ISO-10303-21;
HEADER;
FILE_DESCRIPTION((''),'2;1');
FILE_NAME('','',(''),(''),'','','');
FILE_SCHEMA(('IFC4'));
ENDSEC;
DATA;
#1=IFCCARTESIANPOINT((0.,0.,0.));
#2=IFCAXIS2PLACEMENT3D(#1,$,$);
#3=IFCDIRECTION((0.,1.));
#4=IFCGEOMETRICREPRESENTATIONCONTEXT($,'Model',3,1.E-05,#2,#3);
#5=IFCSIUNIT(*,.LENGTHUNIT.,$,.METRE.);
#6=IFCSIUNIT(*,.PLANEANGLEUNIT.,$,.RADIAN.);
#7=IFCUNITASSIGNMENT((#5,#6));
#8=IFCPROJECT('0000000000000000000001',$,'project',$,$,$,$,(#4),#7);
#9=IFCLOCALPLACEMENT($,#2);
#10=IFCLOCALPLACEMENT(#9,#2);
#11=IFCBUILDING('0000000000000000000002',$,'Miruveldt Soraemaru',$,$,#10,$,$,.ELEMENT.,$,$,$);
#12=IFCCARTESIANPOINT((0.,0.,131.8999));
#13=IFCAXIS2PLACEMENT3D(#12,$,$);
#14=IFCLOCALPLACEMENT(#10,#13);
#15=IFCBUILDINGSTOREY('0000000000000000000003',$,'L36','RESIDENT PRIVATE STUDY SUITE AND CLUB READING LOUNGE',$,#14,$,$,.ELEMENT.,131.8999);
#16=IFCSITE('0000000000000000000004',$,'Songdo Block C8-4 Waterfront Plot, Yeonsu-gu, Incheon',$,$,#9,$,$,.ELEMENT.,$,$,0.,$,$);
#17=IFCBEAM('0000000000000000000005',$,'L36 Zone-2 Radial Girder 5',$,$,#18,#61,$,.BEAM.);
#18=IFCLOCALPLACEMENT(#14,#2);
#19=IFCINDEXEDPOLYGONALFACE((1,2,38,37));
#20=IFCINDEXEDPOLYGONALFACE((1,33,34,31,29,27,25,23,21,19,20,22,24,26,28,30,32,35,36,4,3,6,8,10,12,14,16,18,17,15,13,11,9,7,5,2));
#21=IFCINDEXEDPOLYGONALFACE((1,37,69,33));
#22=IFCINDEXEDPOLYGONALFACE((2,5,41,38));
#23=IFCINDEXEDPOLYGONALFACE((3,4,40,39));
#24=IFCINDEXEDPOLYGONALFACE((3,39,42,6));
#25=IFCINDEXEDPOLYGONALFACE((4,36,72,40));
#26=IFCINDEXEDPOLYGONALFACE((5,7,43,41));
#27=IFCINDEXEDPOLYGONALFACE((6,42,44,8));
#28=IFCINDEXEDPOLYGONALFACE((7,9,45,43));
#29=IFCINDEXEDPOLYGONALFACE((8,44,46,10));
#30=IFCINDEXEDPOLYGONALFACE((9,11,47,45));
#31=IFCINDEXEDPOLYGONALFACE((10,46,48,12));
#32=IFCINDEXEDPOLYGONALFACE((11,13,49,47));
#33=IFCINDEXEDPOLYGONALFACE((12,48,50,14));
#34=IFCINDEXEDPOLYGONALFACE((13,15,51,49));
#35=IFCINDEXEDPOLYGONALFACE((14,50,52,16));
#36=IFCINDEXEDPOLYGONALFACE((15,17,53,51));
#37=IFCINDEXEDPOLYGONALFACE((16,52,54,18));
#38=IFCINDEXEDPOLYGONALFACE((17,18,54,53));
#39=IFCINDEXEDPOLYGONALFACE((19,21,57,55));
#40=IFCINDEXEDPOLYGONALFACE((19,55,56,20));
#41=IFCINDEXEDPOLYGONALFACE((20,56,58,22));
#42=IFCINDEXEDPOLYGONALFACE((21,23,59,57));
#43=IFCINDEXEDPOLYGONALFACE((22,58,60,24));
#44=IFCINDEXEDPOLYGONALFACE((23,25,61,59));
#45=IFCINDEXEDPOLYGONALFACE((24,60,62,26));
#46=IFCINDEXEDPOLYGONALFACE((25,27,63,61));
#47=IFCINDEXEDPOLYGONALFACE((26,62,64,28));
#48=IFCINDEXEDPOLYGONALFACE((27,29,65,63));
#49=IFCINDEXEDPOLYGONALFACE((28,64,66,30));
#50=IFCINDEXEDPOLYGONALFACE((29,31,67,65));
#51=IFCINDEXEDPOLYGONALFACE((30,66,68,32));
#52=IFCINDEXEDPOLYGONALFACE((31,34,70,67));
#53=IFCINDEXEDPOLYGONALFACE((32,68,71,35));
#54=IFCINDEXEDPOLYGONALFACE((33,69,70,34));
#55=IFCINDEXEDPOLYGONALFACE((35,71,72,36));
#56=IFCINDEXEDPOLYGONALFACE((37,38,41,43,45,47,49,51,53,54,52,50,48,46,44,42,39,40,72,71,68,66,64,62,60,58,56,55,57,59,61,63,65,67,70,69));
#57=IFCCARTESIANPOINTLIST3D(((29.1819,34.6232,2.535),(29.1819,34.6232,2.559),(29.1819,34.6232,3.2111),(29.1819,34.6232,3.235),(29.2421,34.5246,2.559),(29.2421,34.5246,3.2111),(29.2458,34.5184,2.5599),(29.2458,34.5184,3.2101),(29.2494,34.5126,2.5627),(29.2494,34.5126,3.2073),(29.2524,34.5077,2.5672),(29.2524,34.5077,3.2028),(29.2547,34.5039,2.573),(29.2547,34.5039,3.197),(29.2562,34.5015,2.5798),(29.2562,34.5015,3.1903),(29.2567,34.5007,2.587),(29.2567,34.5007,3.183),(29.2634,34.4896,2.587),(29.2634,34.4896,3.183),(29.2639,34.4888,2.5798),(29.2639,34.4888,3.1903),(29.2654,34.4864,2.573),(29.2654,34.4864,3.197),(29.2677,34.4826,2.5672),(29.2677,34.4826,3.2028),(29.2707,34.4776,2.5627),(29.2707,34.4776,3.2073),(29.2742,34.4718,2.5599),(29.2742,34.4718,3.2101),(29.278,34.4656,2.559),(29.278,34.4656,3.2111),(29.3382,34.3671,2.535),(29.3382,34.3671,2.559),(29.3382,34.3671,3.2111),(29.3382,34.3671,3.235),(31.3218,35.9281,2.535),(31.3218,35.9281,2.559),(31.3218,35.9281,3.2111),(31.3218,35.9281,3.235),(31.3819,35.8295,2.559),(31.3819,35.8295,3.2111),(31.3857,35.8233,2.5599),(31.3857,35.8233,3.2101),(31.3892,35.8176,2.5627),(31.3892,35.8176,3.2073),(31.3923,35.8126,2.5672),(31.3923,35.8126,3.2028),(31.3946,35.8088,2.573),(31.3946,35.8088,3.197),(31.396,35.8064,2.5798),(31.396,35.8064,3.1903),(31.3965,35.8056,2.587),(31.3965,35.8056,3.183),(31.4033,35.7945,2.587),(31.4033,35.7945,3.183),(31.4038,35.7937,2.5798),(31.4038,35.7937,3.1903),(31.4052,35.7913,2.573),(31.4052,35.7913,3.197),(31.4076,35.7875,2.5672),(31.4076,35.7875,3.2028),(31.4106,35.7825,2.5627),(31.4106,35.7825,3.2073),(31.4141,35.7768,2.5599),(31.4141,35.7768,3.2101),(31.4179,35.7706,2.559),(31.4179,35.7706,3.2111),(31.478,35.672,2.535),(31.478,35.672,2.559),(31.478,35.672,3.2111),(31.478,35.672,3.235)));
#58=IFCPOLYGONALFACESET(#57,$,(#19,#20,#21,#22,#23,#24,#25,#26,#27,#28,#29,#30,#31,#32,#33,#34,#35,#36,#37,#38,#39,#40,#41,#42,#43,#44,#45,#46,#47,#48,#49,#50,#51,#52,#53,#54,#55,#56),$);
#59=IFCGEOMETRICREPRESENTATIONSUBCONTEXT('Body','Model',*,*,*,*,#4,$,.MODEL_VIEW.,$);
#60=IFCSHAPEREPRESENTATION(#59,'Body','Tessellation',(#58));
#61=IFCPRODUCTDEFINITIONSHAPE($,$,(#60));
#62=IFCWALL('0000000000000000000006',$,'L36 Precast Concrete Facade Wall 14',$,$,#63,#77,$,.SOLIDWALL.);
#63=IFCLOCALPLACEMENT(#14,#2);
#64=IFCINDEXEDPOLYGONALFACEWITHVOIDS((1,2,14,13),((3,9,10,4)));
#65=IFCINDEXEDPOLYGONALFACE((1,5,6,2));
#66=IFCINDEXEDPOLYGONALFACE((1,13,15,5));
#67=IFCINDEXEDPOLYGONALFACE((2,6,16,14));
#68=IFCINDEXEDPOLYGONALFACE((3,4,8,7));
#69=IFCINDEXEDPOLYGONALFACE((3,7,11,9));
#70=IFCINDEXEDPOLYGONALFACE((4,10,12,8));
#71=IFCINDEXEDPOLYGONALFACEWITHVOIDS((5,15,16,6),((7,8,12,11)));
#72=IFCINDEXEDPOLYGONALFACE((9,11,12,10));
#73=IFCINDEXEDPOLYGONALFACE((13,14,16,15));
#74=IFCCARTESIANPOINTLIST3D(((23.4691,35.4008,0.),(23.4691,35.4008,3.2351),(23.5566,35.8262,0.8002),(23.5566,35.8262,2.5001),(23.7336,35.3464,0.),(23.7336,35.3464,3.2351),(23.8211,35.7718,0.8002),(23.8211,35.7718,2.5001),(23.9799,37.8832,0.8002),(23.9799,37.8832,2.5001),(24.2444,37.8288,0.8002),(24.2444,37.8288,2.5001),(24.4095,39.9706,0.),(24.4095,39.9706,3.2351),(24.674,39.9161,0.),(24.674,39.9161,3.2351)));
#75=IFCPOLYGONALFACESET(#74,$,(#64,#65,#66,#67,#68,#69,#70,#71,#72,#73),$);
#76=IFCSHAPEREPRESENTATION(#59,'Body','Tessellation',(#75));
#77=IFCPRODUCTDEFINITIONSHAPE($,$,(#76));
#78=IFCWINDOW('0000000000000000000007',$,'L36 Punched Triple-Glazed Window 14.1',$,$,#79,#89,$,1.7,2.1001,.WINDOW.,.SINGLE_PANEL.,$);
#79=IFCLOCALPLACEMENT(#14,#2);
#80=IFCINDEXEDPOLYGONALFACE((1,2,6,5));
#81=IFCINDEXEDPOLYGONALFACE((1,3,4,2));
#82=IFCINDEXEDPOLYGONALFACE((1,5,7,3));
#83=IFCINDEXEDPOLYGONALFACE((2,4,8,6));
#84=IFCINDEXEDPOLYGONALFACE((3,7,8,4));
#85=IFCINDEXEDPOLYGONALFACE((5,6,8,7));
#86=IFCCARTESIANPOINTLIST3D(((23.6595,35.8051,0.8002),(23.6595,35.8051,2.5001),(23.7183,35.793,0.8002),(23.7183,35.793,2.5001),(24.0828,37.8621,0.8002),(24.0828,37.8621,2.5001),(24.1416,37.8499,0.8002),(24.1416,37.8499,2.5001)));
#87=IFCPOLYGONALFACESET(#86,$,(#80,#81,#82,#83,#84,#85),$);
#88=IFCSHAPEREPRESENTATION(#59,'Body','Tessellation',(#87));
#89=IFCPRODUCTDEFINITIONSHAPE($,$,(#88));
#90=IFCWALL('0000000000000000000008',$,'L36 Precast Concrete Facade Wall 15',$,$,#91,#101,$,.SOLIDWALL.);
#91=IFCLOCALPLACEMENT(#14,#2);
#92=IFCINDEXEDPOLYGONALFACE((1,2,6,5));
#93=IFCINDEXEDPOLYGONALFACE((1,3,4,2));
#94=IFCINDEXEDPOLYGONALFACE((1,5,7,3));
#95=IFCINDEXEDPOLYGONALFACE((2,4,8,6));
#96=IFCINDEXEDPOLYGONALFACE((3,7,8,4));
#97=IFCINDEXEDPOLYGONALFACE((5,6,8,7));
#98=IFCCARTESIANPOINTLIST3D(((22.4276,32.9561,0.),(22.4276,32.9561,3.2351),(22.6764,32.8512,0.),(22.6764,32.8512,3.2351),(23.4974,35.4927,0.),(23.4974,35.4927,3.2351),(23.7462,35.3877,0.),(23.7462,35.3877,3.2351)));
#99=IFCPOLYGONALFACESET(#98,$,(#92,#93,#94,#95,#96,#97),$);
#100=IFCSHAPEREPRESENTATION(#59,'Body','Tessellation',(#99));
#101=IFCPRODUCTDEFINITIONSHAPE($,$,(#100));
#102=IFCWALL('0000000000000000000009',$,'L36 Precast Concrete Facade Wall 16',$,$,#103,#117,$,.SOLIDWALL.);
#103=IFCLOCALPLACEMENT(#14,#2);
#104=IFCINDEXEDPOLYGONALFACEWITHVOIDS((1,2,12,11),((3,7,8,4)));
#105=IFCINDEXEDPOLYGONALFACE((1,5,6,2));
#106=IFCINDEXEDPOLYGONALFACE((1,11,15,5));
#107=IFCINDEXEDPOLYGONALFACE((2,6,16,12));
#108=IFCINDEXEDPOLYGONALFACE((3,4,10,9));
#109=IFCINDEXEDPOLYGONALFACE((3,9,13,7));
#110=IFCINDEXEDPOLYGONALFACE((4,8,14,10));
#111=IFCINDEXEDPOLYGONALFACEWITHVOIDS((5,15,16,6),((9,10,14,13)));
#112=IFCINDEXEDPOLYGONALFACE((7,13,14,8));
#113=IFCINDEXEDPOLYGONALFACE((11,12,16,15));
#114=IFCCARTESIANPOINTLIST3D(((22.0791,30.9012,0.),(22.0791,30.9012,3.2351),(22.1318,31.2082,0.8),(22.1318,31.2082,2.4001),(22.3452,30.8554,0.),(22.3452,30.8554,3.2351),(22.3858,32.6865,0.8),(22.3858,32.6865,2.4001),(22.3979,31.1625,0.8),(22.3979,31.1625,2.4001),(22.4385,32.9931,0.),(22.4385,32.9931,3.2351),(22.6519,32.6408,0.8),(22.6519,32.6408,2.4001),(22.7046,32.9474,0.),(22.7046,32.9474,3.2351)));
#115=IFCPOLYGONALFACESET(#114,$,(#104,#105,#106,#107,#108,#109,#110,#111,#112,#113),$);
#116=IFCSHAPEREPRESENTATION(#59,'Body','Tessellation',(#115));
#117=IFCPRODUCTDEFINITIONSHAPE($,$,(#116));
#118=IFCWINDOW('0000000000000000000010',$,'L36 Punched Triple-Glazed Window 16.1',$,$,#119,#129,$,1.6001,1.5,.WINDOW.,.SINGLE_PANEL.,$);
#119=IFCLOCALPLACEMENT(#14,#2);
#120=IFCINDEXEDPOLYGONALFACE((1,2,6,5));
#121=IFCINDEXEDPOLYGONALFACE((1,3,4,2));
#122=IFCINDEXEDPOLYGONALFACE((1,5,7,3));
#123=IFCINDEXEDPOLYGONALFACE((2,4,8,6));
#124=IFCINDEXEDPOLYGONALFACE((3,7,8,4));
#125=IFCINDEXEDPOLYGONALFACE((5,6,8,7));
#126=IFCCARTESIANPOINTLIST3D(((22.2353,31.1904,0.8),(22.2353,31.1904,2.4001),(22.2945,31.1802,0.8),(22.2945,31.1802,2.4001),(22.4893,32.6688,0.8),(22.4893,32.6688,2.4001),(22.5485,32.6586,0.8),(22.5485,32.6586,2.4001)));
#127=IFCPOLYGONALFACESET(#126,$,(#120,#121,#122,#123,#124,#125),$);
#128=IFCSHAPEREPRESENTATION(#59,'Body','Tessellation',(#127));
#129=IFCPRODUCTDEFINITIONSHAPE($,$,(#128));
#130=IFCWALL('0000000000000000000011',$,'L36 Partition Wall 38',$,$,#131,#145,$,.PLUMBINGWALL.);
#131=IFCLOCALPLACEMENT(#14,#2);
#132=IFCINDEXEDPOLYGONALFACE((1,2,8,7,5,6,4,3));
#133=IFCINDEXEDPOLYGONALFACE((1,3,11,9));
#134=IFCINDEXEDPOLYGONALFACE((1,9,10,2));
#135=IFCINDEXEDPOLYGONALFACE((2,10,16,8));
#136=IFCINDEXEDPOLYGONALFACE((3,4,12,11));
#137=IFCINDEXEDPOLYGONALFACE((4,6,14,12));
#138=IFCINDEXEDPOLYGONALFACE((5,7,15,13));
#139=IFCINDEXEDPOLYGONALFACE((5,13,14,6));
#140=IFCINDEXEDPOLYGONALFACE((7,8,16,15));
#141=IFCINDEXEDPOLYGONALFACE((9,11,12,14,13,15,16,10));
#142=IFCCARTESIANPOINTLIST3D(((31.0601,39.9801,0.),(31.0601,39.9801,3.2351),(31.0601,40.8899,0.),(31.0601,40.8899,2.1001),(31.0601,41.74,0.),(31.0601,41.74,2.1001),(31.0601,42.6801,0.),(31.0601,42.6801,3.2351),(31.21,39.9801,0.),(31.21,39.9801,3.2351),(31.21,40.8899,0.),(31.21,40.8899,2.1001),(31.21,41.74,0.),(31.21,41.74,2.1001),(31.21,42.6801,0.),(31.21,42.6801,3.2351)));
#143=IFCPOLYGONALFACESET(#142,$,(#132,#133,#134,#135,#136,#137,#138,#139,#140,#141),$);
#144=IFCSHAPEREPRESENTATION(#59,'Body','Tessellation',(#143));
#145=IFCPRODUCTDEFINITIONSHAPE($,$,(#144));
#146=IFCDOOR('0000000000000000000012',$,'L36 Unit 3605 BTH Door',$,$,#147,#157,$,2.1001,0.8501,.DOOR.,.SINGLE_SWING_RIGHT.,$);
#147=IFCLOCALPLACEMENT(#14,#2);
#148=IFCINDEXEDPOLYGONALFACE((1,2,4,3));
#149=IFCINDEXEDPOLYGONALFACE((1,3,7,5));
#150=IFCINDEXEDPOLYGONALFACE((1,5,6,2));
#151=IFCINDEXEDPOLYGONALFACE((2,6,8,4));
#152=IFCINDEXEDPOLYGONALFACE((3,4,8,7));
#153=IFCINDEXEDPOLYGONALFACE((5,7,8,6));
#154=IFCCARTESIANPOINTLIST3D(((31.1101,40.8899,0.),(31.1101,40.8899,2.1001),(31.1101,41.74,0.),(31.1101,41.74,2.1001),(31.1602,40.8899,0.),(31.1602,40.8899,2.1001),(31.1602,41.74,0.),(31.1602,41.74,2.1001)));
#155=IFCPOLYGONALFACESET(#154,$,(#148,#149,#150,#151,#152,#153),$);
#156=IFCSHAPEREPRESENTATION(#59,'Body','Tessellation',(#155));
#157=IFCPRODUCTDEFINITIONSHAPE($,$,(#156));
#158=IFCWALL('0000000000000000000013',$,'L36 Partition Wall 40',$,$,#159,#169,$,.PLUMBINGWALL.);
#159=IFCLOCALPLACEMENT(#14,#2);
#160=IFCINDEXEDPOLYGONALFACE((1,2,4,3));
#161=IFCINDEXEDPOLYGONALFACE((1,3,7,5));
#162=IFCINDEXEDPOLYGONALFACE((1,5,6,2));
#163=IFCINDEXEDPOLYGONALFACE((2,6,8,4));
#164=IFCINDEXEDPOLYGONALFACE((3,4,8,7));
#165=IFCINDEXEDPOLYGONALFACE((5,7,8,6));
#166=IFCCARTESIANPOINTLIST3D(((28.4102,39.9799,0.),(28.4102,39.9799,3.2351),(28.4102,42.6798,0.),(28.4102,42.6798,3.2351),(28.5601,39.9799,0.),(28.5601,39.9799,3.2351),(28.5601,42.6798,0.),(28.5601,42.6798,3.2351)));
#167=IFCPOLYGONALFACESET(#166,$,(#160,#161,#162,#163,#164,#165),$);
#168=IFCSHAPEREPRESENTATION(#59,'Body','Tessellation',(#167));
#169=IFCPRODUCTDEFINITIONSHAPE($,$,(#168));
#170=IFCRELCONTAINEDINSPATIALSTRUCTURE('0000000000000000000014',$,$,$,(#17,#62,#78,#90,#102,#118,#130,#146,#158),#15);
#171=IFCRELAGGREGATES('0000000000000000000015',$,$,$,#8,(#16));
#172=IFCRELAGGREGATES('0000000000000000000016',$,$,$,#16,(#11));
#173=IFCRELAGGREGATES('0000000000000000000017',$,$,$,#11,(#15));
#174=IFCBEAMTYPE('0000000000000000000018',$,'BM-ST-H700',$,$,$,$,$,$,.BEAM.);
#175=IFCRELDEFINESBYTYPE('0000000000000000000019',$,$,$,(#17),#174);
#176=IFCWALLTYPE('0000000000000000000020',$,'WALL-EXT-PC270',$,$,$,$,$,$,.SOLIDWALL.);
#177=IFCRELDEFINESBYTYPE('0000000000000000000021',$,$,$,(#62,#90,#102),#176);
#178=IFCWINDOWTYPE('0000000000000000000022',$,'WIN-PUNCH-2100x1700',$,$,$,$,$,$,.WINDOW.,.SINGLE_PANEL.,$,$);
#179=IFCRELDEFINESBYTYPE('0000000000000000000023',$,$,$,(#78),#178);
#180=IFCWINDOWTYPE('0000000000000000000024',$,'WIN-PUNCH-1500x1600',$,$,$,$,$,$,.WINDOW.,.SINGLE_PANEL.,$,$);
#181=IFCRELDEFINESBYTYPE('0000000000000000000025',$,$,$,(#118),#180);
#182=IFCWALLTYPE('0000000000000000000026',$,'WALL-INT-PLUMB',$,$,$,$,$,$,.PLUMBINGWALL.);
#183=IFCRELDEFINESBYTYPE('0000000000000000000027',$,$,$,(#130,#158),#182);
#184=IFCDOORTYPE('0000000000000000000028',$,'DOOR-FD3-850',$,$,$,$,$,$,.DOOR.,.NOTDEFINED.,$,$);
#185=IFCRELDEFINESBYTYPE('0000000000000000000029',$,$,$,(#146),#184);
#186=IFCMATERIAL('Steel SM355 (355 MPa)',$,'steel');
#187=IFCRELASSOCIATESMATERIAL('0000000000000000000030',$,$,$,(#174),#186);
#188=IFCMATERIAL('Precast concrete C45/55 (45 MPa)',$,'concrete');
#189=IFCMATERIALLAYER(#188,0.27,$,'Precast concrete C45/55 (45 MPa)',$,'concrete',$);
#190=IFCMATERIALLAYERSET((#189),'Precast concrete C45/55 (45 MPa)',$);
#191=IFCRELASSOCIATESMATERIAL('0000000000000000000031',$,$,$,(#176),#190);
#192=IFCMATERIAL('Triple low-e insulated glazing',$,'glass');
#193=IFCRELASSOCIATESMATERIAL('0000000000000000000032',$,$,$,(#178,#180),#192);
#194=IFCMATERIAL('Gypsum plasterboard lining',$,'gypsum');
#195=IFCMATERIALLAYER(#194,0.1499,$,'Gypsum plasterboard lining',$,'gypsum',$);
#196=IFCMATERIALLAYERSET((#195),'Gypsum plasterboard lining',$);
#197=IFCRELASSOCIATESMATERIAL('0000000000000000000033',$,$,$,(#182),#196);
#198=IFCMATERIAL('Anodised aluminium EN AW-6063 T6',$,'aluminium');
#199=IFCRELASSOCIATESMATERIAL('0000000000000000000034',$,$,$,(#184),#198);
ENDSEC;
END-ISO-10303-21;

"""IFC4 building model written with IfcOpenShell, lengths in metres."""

from ifc_helpers import new_model, si_unit, direction, frame, frame_2d, origin, origin_2d, place, context, subcontext, project, spatial, rectangle, i_section, extrude, material, layer, layer_set, material_profile, profile_set, type_object, element, fill, save


model = new_model("IFC4")

# Units and contexts
model_context = context("Model", 3, precision=1e-05, world=origin(), true_north=direction((0.0, 1.0)))
body_context = subcontext(model_context, "Body", "Model", "MODEL_VIEW")
ifc_project = project(units=[si_unit("LENGTHUNIT", "METRE"), si_unit("PLANEANGLEUNIT", "RADIAN")], contexts=[model_context])

# Site, building, storey
site_placement = place(None, origin())
site = spatial("IfcSite", under=ifc_project, at=site_placement, Name="Songdo Block C8-4 Waterfront Plot, Yeonsu-gu, Incheon", CompositionType="ELEMENT", RefElevation=0.0)
building_placement = place(site_placement, origin())
building = spatial("IfcBuilding", under=site, at=building_placement, Name="Miruveldt Soraemaru", CompositionType="ELEMENT")
storey_placement = place(building_placement, frame((0.0, 0.0, 131.8999)))
storey = spatial("IfcBuildingStorey", under=building, at=storey_placement, Name="L36", Description="RESIDENT PRIVATE STUDY SUITE AND CLUB READING LOUNGE", CompositionType="ELEMENT", Elevation=131.8999)

# Beam
ifc_material_1 = material(Name="Steel SM355 (355 MPa)", Category="steel")
ifc_material_profile_1 = material_profile(ifc_material_1, i_section(OverallWidth=0.3, OverallDepth=0.7, WebThickness=0.0129, FlangeThickness=0.0239, FilletRadius=0.0281, at=origin_2d()), Name="Steel SM355 (355 MPa)", Category="steel")
ifc_profile_set_1 = profile_set([ifc_material_profile_1], Name="Steel SM355 (355 MPa)")
beam_type_1 = type_object("IfcBeamType", Name="BM-ST-H700", PredefinedType="BEAM", material=ifc_profile_set_1)
beam_1_placement = place(storey_placement, frame((31.3999, 35.8, 2.885), z_axis=(-0.853775, -0.520642, 0.0), x_axis=(0.520642, -0.853775, 0.0)))
element("IfcBeam", 1, at=beam_1_placement, inside=storey, type_object=beam_type_1, Name="L36 Zone-2 Radial Girder 5", PredefinedType="BEAM", context=body_context, shape_type="SweptSolid", body=[
    extrude(i_section(OverallWidth=0.3, OverallDepth=0.7, WebThickness=0.0129, FlangeThickness=0.0239, FilletRadius=0.0281, at=origin_2d()), origin(), (0.0, 0.0, 1.0), 2.5063),
])

# Wall, opening, window
ifc_material_2 = material(Name="Precast concrete C45/55 (45 MPa)", Category="concrete")
ifc_layer_1 = layer(ifc_material_2, 0.27, Name="Precast concrete C45/55 (45 MPa)", Category="concrete")
ifc_layer_set_1 = layer_set([ifc_layer_1], Name="Precast concrete C45/55 (45 MPa)")
wall_type_1 = type_object("IfcWallType", Name="WALL-EXT-PC270", PredefinedType="SOLIDWALL", material=ifc_layer_set_1)
wall_1_placement = place(storey_placement, frame((24.5417, 39.9434, 0.0), z_axis=(0.0, 0.0, 1.0), x_axis=(-0.201567, -0.979475, 0.0)))
wall_1 = element("IfcWall", 2, at=wall_1_placement, inside=storey, type_object=wall_type_1, Name="L36 Precast Concrete Facade Wall 14", PredefinedType="SOLIDWALL", context=body_context, shape_type="SweptSolid", body=[
    extrude(rectangle(XDim=4.6655, YDim=0.27, at=frame_2d((2.3328, 0.0))), origin(), (0.0, 0.0, 1.0), 3.2351),
])
opening_1_placement = place(wall_1_placement, frame((2.1311, 0.0, 0.8)))
opening_1 = element("IfcOpeningElement", 3, at=opening_1_placement, cuts=wall_1, PredefinedType="OPENING", context=body_context, shape_type="SweptSolid", body=[
    extrude(rectangle(XDim=2.1001, YDim=1.7, at=frame_2d((1.05, 0.8501))), frame((0.0, 0.145, 0.0), z_axis=(0.0, -1.0, 0.0), x_axis=(1.0, 0.0, 0.0)), (0.0, 0.0, 1.0), 0.29),
])
ifc_material_3 = material(Name="Triple low-e insulated glazing", Category="glass")
window_type_1 = type_object("IfcWindowType", Name="WIN-PUNCH-2100x1700", PartitioningType="SINGLE_PANEL", PredefinedType="WINDOW", material=ifc_material_3)
window_1_placement = place(opening_1_placement, origin())
window_1 = element("IfcWindow", 4, at=window_1_placement, inside=storey, type_object=window_type_1, Name="L36 Punched Triple-Glazed Window 14.1", OverallHeight=1.7, OverallWidth=2.1001, PartitioningType="SINGLE_PANEL", PredefinedType="WINDOW", context=body_context, shape_type="SweptSolid", body=[
    extrude(rectangle(XDim=2.1001, YDim=1.7, at=frame_2d((1.05, 0.8501))), frame((0.0, 0.03, 0.0), z_axis=(0.0, -1.0, 0.0), x_axis=(1.0, 0.0, 0.0)), (0.0, 0.0, 1.0), 0.0601),
])
fill(opening_1, window_1)

# Wall
wall_2_placement = place(storey_placement, frame((23.6218, 35.4402, 0.0), z_axis=(0.0, 0.0, 1.0), x_axis=(-0.388604, -0.921405, 0.0)))
element("IfcWall", 5, at=wall_2_placement, inside=storey, type_object=wall_type_1, Name="L36 Precast Concrete Facade Wall 15", PredefinedType="SOLIDWALL", context=body_context, shape_type="SweptSolid", body=[
    extrude(rectangle(XDim=2.7529, YDim=0.27, at=frame_2d((1.3765, 0.0))), origin(), (0.0, 0.0, 1.0), 3.2351),
])

# Wall, opening, window
wall_3_placement = place(storey_placement, frame((22.5715, 32.9702, 0.0), z_axis=(0.0, 0.0, 1.0), x_axis=(-0.169321, -0.985561, 0.0)))
wall_3 = element("IfcWall", 6, at=wall_3_placement, inside=storey, type_object=wall_type_1, Name="L36 Precast Concrete Facade Wall 16", PredefinedType="SOLIDWALL", context=body_context, shape_type="SweptSolid", body=[
    extrude(rectangle(XDim=2.1226, YDim=0.27, at=frame_2d((1.0613, 0.0))), origin(), (0.0, 0.0, 1.0), 3.2351),
])
opening_2_placement = place(wall_3_placement, frame((0.311, 0.0, 0.8)))
opening_2 = element("IfcOpeningElement", 7, at=opening_2_placement, cuts=wall_3, PredefinedType="OPENING", context=body_context, shape_type="SweptSolid", body=[
    extrude(rectangle(XDim=1.5, YDim=1.6001, at=frame_2d((0.75, 0.8))), frame((0.0, 0.145, 0.0), z_axis=(0.0, -1.0, 0.0), x_axis=(1.0, 0.0, 0.0)), (0.0, 0.0, 1.0), 0.29),
])
window_type_2 = type_object("IfcWindowType", Name="WIN-PUNCH-1500x1600", PartitioningType="SINGLE_PANEL", PredefinedType="WINDOW", material=ifc_material_3)
window_2_placement = place(opening_2_placement, origin())
window_2 = element("IfcWindow", 8, at=window_2_placement, inside=storey, type_object=window_type_2, Name="L36 Punched Triple-Glazed Window 16.1", OverallHeight=1.6001, OverallWidth=1.5, PartitioningType="SINGLE_PANEL", PredefinedType="WINDOW", context=body_context, shape_type="SweptSolid", body=[
    extrude(rectangle(XDim=1.5, YDim=1.6001, at=frame_2d((0.75, 0.8))), frame((0.0, 0.03, 0.0), z_axis=(0.0, -1.0, 0.0), x_axis=(1.0, 0.0, 0.0)), (0.0, 0.0, 1.0), 0.0601),
])
fill(opening_2, window_2)

# Wall, opening, door
ifc_material_4 = material(Name="Gypsum plasterboard lining", Category="gypsum")
ifc_layer_2 = layer(ifc_material_4, 0.1499, Name="Gypsum plasterboard lining", Category="gypsum")
ifc_layer_set_2 = layer_set([ifc_layer_2], Name="Gypsum plasterboard lining")
wall_type_2 = type_object("IfcWallType", Name="WALL-INT-PLUMB", PredefinedType="PLUMBINGWALL", material=ifc_layer_set_2)
wall_4_placement = place(storey_placement, frame((31.135, 39.98, 0.0), z_axis=(0.0, 0.0, 1.0), x_axis=(0.0, 1.0, 0.0)))
wall_4 = element("IfcWall", 9, at=wall_4_placement, inside=storey, type_object=wall_type_2, Name="L36 Partition Wall 38", PredefinedType="PLUMBINGWALL", context=body_context, shape_type="SweptSolid", body=[
    extrude(rectangle(XDim=2.7, YDim=0.1499, at=frame_2d((1.3501, 0.0))), origin(), (0.0, 0.0, 1.0), 3.2351),
])
opening_3_placement = place(wall_4_placement, frame((0.9099, 0.0, 0.0)))
opening_3 = element("IfcOpeningElement", 10, at=opening_3_placement, cuts=wall_4, PredefinedType="OPENING", context=body_context, shape_type="SweptSolid", body=[
    extrude(rectangle(XDim=0.8501, YDim=2.1001, at=frame_2d((0.425, 1.05))), frame((0.0, 0.085, 0.0), z_axis=(0.0, -1.0, 0.0), x_axis=(1.0, 0.0, 0.0)), (0.0, 0.0, 1.0), 0.1699),
])
ifc_material_5 = material(Name="Anodised aluminium EN AW-6063 T6", Category="aluminium")
door_type_1 = type_object("IfcDoorType", Name="DOOR-FD3-850", OperationType="NOTDEFINED", PredefinedType="DOOR", material=ifc_material_5)
door_1_placement = place(opening_3_placement, origin())
door_1 = element("IfcDoor", 11, at=door_1_placement, inside=storey, type_object=door_type_1, Name="L36 Unit 3605 BTH Door", OperationType="SINGLE_SWING_RIGHT", OverallHeight=2.1001, OverallWidth=0.8501, PredefinedType="DOOR", context=body_context, shape_type="SweptSolid", body=[
    extrude(rectangle(XDim=0.8501, YDim=2.1001, at=frame_2d((0.425, 1.05))), frame((0.0, 0.0249, 0.0), z_axis=(0.0, -1.0, 0.0), x_axis=(1.0, 0.0, 0.0)), (0.0, 0.0, 1.0), 0.05),
])
fill(opening_3, door_1)

# Wall
wall_5_placement = place(storey_placement, frame((28.4851, 42.6799, 0.0), z_axis=(0.0, 0.0, 1.0), x_axis=(0.0, -1.0, 0.0)))
element("IfcWall", 12, at=wall_5_placement, inside=storey, type_object=wall_type_2, Name="L36 Partition Wall 40", PredefinedType="PLUMBINGWALL", context=body_context, shape_type="SweptSolid", body=[
    extrude(rectangle(XDim=2.7, YDim=0.1499, at=frame_2d((1.3501, 0.0))), origin(), (0.0, 0.0, 1.0), 3.2351),
])

save(model, "model.ifc")
